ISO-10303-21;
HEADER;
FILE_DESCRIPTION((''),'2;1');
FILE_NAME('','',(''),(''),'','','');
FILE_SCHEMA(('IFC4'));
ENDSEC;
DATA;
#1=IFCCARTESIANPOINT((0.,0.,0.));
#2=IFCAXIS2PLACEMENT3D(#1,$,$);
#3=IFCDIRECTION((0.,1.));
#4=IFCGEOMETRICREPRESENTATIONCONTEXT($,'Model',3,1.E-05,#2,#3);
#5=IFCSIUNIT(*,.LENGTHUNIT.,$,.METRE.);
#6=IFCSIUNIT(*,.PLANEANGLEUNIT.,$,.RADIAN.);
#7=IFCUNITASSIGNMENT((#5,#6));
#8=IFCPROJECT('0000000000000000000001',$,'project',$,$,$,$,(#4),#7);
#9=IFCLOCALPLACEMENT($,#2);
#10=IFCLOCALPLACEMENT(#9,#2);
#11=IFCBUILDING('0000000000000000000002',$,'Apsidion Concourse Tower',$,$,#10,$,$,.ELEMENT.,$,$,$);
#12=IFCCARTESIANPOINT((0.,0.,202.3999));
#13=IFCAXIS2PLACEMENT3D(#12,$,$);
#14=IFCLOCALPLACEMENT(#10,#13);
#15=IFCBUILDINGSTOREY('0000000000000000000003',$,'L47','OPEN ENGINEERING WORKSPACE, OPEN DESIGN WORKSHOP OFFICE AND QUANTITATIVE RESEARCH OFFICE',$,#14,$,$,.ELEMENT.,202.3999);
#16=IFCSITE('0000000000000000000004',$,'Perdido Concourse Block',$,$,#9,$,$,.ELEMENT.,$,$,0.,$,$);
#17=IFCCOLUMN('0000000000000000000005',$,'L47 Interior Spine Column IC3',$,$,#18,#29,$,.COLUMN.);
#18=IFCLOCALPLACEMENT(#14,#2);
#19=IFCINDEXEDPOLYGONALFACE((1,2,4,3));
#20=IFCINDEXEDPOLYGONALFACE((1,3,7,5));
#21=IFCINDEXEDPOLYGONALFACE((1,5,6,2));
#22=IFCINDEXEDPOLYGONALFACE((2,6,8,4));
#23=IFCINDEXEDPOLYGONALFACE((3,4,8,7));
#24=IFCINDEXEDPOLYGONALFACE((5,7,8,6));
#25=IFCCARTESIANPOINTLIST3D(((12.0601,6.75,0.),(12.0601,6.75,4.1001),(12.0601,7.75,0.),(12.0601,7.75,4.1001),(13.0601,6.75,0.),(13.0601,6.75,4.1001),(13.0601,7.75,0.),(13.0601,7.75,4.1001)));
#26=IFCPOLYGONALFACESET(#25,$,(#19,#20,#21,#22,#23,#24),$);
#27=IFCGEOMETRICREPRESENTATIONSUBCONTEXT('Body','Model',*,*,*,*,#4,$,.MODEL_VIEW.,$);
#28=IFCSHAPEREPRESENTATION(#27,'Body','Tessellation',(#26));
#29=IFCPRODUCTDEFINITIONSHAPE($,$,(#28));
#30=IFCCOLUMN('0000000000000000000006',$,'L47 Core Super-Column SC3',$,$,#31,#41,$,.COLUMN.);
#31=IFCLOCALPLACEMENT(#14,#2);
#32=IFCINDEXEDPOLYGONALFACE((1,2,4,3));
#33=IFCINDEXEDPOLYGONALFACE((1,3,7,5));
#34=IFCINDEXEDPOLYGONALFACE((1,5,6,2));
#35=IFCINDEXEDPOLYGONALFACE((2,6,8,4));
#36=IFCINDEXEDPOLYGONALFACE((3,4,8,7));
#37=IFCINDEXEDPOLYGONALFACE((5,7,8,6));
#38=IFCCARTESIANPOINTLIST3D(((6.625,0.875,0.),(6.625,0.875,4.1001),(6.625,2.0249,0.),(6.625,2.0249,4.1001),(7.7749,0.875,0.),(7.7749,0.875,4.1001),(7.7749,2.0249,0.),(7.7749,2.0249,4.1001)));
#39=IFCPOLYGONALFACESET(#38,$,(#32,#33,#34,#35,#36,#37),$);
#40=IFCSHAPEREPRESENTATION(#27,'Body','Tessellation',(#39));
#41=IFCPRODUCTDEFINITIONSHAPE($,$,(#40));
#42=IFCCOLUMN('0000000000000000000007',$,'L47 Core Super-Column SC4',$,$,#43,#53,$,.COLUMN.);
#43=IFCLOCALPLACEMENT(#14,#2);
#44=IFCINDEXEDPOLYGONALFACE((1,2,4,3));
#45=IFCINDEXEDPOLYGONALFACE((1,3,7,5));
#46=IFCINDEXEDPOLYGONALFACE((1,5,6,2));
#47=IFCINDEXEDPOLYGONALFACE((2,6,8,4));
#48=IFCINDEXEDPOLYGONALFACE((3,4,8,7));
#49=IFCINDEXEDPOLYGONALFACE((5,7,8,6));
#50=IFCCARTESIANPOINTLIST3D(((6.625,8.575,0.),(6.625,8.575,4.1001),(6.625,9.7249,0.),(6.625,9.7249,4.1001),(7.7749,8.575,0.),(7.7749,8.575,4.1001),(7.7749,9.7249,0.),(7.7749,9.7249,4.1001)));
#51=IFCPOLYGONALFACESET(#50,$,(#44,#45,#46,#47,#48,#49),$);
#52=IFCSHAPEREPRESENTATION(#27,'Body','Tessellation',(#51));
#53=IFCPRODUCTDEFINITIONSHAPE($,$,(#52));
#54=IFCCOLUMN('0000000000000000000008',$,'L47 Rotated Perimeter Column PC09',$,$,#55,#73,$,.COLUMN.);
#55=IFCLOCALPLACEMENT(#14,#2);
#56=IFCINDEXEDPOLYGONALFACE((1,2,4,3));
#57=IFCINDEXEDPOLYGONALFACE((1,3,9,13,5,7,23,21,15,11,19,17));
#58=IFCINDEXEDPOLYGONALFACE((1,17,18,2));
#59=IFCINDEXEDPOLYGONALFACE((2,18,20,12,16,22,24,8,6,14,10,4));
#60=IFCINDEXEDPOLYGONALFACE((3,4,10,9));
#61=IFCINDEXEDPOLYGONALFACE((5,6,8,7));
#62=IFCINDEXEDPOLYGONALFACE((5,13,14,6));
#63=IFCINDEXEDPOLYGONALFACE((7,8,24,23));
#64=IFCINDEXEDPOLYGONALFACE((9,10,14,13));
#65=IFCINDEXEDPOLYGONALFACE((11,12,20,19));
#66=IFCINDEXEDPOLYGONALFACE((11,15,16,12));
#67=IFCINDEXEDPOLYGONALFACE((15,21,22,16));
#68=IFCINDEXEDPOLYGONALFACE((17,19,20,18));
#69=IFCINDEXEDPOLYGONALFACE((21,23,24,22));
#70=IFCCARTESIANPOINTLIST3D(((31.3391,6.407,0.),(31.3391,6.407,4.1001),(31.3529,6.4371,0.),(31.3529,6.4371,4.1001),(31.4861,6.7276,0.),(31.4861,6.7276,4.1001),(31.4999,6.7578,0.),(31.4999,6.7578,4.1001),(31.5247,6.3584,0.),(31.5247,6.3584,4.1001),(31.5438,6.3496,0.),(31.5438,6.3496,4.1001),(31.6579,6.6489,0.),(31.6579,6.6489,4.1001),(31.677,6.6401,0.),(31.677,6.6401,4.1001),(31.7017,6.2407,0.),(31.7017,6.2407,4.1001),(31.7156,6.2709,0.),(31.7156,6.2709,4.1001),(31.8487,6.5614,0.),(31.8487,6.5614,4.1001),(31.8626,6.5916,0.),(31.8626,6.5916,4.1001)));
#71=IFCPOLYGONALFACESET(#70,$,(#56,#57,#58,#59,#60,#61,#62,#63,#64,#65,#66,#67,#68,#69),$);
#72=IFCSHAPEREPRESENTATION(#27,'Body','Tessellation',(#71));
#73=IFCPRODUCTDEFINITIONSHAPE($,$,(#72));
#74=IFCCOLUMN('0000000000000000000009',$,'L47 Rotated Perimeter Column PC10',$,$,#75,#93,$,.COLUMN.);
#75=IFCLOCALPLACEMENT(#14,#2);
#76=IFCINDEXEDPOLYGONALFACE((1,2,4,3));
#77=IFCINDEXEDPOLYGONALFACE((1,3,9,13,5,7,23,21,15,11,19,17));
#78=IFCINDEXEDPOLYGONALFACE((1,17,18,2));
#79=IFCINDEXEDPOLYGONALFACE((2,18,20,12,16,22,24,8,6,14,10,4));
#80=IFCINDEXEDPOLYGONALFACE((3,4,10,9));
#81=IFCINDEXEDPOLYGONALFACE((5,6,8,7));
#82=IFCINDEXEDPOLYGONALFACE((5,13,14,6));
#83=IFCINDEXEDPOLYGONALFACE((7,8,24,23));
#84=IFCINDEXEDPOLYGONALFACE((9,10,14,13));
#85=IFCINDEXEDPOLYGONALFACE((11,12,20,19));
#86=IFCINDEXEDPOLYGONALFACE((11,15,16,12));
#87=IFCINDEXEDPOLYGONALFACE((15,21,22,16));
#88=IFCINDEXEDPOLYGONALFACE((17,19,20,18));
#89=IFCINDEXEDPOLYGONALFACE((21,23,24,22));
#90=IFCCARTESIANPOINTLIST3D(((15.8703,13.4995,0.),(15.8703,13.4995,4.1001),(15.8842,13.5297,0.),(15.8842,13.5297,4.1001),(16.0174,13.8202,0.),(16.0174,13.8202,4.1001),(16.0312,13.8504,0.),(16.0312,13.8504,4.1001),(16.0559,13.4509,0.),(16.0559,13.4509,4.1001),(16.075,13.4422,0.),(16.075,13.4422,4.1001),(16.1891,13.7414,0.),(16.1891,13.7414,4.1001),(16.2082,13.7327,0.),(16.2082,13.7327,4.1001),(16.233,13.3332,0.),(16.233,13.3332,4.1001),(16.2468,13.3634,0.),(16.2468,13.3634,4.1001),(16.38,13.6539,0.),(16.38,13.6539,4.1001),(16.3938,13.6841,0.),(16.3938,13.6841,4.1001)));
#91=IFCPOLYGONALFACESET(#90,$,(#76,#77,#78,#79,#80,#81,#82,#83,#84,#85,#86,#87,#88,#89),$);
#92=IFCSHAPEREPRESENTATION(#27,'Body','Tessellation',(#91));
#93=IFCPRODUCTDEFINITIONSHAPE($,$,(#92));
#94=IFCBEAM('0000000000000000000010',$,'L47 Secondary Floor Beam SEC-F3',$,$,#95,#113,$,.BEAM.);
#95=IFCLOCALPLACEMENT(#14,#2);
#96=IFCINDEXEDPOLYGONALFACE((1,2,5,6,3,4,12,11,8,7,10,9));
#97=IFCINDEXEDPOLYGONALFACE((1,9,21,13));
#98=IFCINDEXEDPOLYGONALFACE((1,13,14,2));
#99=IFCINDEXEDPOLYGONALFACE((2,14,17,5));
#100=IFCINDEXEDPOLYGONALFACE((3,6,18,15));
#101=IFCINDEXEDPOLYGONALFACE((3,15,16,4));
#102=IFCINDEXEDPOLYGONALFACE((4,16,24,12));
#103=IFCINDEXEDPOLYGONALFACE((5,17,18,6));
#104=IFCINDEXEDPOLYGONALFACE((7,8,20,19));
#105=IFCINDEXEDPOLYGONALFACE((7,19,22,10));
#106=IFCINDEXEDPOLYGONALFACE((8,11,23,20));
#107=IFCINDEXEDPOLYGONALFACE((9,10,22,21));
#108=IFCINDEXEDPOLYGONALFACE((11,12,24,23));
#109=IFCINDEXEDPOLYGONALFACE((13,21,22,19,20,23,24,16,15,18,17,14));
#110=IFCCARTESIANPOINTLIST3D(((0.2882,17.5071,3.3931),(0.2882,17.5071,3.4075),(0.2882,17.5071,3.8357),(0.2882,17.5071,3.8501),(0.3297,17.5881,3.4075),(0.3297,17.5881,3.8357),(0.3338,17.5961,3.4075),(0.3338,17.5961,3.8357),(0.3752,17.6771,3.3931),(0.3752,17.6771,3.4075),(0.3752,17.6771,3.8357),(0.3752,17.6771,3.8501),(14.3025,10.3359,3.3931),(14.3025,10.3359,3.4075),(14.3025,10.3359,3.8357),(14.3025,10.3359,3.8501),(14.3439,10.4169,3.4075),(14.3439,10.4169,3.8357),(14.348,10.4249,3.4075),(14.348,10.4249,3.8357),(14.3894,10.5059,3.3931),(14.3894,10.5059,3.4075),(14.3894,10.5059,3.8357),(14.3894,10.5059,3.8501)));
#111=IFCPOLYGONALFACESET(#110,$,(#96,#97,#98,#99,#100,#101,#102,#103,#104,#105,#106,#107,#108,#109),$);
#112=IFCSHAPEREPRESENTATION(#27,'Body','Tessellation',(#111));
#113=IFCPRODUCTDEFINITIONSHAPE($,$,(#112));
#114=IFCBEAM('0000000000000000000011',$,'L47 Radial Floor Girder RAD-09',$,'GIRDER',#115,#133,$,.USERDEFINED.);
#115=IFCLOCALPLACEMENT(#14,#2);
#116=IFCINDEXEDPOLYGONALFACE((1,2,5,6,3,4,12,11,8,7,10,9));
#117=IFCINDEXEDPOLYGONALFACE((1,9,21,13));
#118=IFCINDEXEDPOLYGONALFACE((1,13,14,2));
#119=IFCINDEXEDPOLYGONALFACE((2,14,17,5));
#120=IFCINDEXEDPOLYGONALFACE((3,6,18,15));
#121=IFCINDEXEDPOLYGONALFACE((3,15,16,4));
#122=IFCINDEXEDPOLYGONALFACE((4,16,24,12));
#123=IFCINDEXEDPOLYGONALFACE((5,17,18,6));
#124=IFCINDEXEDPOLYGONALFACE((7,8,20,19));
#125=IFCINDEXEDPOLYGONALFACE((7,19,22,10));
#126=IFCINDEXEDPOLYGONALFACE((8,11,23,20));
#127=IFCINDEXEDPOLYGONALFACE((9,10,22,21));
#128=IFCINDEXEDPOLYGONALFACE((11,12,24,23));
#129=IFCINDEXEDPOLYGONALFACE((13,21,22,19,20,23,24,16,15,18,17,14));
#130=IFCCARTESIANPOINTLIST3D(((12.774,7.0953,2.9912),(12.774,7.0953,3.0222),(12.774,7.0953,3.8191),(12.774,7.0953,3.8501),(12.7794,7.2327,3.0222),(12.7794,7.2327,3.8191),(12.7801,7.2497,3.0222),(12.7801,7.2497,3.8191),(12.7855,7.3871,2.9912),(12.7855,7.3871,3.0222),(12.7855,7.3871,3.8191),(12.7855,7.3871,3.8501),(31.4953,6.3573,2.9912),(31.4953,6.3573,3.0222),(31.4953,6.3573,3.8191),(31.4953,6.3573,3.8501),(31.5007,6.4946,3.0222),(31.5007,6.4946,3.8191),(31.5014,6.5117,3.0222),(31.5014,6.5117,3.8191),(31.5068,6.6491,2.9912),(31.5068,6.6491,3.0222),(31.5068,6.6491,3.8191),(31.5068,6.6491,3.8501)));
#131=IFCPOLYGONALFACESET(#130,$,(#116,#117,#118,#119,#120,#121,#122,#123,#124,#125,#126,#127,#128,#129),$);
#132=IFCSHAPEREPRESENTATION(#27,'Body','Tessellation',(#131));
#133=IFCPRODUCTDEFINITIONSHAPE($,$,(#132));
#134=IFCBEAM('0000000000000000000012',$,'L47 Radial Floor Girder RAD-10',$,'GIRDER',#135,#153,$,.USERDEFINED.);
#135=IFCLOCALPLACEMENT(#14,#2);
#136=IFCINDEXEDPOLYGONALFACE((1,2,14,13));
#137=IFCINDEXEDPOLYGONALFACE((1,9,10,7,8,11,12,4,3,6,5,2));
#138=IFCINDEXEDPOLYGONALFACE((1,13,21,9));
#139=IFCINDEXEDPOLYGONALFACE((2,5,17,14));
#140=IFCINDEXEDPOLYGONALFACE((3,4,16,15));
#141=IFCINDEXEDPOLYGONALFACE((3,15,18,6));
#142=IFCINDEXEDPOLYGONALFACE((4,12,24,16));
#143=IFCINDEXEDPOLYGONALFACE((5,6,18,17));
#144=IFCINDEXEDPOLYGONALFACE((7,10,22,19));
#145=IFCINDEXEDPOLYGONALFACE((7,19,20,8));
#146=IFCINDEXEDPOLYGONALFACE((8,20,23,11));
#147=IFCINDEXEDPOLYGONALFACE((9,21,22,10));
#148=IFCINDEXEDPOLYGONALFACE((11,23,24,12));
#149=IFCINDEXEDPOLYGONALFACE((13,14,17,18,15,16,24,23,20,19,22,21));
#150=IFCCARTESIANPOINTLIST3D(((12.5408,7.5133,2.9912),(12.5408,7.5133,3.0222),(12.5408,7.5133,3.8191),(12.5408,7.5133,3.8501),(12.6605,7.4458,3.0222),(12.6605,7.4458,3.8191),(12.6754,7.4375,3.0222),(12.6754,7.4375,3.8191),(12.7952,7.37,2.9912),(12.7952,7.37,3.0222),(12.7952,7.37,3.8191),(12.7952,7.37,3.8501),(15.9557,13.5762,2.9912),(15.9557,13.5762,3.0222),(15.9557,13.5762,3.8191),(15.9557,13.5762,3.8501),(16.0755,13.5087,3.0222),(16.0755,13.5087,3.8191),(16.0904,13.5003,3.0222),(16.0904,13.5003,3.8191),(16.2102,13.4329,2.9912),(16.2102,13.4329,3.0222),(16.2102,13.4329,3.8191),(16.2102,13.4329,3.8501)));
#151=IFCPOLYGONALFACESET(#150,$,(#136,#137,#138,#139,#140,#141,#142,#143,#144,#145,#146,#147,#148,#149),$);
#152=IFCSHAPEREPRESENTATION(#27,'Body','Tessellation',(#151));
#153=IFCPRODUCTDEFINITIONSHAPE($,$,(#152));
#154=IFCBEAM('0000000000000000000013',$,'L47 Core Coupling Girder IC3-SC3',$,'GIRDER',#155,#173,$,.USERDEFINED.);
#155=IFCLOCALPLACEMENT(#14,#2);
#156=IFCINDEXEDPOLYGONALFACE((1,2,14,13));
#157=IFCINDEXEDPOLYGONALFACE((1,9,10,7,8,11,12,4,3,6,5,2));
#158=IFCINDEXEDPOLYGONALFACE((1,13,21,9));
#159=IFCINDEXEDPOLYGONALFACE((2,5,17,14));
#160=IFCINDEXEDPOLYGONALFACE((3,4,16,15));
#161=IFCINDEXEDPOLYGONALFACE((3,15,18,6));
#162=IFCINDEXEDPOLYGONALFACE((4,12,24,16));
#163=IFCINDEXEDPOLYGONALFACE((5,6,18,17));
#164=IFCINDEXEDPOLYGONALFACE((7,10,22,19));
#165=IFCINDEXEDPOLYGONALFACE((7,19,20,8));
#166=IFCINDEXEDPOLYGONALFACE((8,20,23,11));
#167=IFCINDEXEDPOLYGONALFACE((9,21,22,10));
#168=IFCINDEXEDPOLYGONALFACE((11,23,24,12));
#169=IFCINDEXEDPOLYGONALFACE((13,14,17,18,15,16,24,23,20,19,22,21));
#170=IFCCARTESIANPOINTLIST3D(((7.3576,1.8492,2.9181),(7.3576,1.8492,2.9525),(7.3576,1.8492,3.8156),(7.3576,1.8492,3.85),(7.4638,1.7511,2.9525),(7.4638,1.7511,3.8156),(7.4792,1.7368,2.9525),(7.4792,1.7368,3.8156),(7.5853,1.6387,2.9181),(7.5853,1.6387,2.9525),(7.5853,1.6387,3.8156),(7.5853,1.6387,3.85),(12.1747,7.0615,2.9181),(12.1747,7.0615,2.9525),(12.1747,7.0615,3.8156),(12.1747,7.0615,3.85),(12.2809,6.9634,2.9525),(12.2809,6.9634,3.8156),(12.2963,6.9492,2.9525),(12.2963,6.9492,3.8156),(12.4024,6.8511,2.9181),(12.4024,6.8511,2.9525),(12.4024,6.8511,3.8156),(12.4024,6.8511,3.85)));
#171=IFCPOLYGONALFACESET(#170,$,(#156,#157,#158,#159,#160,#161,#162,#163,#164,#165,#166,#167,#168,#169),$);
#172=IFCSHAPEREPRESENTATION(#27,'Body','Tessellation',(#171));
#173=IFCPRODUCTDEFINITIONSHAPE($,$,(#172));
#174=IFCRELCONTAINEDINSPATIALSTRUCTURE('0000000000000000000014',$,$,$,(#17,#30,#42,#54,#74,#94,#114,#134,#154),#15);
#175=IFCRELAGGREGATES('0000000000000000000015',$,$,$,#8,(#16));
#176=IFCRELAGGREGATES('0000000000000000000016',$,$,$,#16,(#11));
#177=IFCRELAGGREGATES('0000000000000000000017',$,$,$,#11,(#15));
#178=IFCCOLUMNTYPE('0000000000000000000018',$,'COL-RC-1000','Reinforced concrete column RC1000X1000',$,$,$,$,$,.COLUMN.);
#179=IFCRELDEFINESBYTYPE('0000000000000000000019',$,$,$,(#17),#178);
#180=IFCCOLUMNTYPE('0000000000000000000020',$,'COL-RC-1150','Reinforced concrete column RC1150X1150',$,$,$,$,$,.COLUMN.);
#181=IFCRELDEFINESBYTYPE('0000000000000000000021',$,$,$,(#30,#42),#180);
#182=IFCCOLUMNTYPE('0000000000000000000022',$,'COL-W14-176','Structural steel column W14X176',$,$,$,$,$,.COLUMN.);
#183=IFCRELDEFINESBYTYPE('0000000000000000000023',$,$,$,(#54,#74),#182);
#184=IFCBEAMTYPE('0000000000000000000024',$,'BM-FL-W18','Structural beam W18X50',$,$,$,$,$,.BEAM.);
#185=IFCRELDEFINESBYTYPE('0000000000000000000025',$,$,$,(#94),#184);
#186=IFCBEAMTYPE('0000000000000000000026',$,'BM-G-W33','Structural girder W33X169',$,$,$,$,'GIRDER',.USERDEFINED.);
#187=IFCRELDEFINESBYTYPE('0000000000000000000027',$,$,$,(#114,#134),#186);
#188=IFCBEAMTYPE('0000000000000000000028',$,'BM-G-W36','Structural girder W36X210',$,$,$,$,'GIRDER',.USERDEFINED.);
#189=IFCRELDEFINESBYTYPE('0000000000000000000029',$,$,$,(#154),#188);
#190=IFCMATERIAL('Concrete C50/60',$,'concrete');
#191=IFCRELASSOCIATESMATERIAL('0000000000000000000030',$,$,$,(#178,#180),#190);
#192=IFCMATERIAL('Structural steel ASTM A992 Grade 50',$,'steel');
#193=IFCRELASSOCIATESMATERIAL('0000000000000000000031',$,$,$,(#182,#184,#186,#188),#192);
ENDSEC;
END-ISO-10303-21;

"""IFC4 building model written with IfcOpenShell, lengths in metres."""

from ifc_helpers import new_model, si_unit, direction, frame, origin, origin_2d, place, context, subcontext, project, spatial, rectangle, i_section, extrude, material, material_profile, profile_set, type_object, element, save


model = new_model("IFC4")

# Units and contexts
model_context = context("Model", 3, precision=1e-05, world=origin(), true_north=direction((0.0, 1.0)))
body_context = subcontext(model_context, "Body", "Model", "MODEL_VIEW")
ifc_project = project(units=[si_unit("LENGTHUNIT", "METRE"), si_unit("PLANEANGLEUNIT", "RADIAN")], contexts=[model_context])

# Site, building, storey
site_placement = place(None, origin())
site = spatial("IfcSite", under=ifc_project, at=site_placement, Name="Perdido Concourse Block", CompositionType="ELEMENT", RefElevation=0.0)
building_placement = place(site_placement, origin())
building = spatial("IfcBuilding", under=site, at=building_placement, Name="Apsidion Concourse Tower", CompositionType="ELEMENT")
storey_placement = place(building_placement, frame((0.0, 0.0, 202.3999)))
storey = spatial("IfcBuildingStorey", under=building, at=storey_placement, Name="L47", Description="OPEN ENGINEERING WORKSPACE, OPEN DESIGN WORKSHOP OFFICE AND QUANTITATIVE RESEARCH OFFICE", CompositionType="ELEMENT", Elevation=202.3999)

# Columns
ifc_material_1 = material(Name="Concrete C50/60", Category="concrete")
ifc_material_profile_1 = material_profile(ifc_material_1, rectangle(XDim=1.0, YDim=1.0, at=origin_2d()), Name="RC 1000x1000")
ifc_profile_set_1 = profile_set([ifc_material_profile_1], Name="Concrete C50/60")
column_type_1 = type_object("IfcColumnType", Name="COL-RC-1000", Description="Reinforced concrete column RC1000X1000", PredefinedType="COLUMN", material=ifc_profile_set_1)
column_placement = place(storey_placement, frame((12.5601, 7.25, 0.0), z_axis=(0.0, 0.0, 1.0), x_axis=(1.0, 0.0, 0.0)))
element("IfcColumn", 1, at=column_placement, inside=storey, type_object=column_type_1, Name="L47 Interior Spine Column IC3", PredefinedType="COLUMN", context=body_context, shape_type="SweptSolid", body=[
    extrude(rectangle(XDim=1.0, YDim=1.0, at=origin_2d()), origin(), (0.0, 0.0, 1.0), 4.1001),
])
ifc_material_profile_2 = material_profile(ifc_material_1, rectangle(XDim=1.1499, YDim=1.1499, at=origin_2d()), Name="RC 1150x1150")
ifc_profile_set_2 = profile_set([ifc_material_profile_2], Name="Concrete C50/60")
column_type_2 = type_object("IfcColumnType", Name="COL-RC-1150", Description="Reinforced concrete column RC1150X1150", PredefinedType="COLUMN", material=ifc_profile_set_2)
for number, where, z_axis, x_axis, name in (
    (2, (7.2, 1.45, 0.0), (0.0, 0.0, 1.0), (1.0, 0.0, 0.0), "L47 Core Super-Column SC3"),
    (3, (7.2, 9.1499, 0.0), (0.0, 0.0, 1.0), (1.0, 0.0, 0.0), "L47 Core Super-Column SC4"),
):
    element("IfcColumn", number, at=place(storey_placement, frame(where, z_axis=z_axis, x_axis=x_axis)), inside=storey, type_object=column_type_2, Name=name, PredefinedType="COLUMN", context=body_context, shape_type="SweptSolid", body=[
        extrude(rectangle(XDim=1.1499, YDim=1.1499, at=origin_2d()), origin(), (0.0, 0.0, 1.0), 4.1001),
    ])
ifc_material_2 = material(Name="Structural steel ASTM A992 Grade 50", Category="steel")
ifc_material_profile_3 = material_profile(ifc_material_2, i_section(OverallWidth=0.3989, OverallDepth=0.386, WebThickness=0.021, FlangeThickness=0.0332, at=origin_2d()), Name="W14X176")
ifc_profile_set_3 = profile_set([ifc_material_profile_3], Name="Structural steel ASTM A992 Grade 50")
column_type_3 = type_object("IfcColumnType", Name="COL-W14-176", Description="Structural steel column W14X176", PredefinedType="COLUMN", material=ifc_profile_set_3)
for number, where, z_axis, x_axis, name in (
    (4, (31.6008, 6.4993, 0.0), (0.0, 0.0, 1.0), (-0.909018, 0.416757, 0.0), "L47 Rotated Perimeter Column PC09"),
    (5, (16.1321, 13.5918, 0.0), (0.0, 0.0, 1.0), (-0.909018, 0.416757, 0.0), "L47 Rotated Perimeter Column PC10"),
):
    element("IfcColumn", number, at=place(storey_placement, frame(where, z_axis=z_axis, x_axis=x_axis)), inside=storey, type_object=column_type_3, Name=name, PredefinedType="COLUMN", context=body_context, shape_type="SweptSolid", body=[
        extrude(i_section(OverallWidth=0.3989, OverallDepth=0.386, WebThickness=0.021, FlangeThickness=0.0332, at=origin_2d()), origin(), (0.0, 0.0, 1.0), 4.1001),
    ])

# Beams
ifc_material_profile_4 = material_profile(ifc_material_2, i_section(OverallWidth=0.1909, OverallDepth=0.457, WebThickness=0.009, FlangeThickness=0.0144, at=origin_2d()), Name="W18X50")
ifc_profile_set_4 = profile_set([ifc_material_profile_4], Name="Structural steel ASTM A992 Grade 50")
beam_type_1 = type_object("IfcBeamType", Name="BM-FL-W18", Description="Structural beam W18X50", PredefinedType="BEAM", material=ifc_profile_set_4)
beam_1_placement = place(storey_placement, frame((14.3459, 10.4209, 3.6216), z_axis=(-0.89022, 0.455532, 0.0), x_axis=(-0.455532, -0.89022, 0.0)))
element("IfcBeam", 6, at=beam_1_placement, inside=storey, type_object=beam_type_1, Name="L47 Secondary Floor Beam SEC-F3", PredefinedType="BEAM", context=body_context, shape_type="SweptSolid", body=[
    extrude(i_section(OverallWidth=0.1909, OverallDepth=0.457, WebThickness=0.009, FlangeThickness=0.0144, at=origin_2d()), origin(), (0.0, 0.0, 1.0), 15.7424),
])
ifc_material_profile_5 = material_profile(ifc_material_2, i_section(OverallWidth=0.292, OverallDepth=0.8589, WebThickness=0.0171, FlangeThickness=0.031, at=origin_2d()), Name="W33X169")
ifc_profile_set_5 = profile_set([ifc_material_profile_5], Name="Structural steel ASTM A992 Grade 50")
beam_type_2 = type_object("IfcBeamType", Name="BM-G-W33", Description="Structural girder W33X169", ElementType="GIRDER", PredefinedType="USERDEFINED", material=ifc_profile_set_5)
beam_2_placement = place(storey_placement, frame((12.7798, 7.2412, 3.4207), z_axis=(0.999224, -0.039392, 0.0), x_axis=(0.039392, 0.999224, 0.0)))
element("IfcBeam", 7, at=beam_2_placement, inside=storey, type_object=beam_type_2, Name="L47 Radial Floor Girder RAD-09", ObjectType="GIRDER", PredefinedType="USERDEFINED", context=body_context, shape_type="SweptSolid", body=[
    extrude(i_section(OverallWidth=0.292, OverallDepth=0.8589, WebThickness=0.0171, FlangeThickness=0.031, at=origin_2d()), origin(), (0.0, 0.0, 1.0), 18.7358),
])
beam_3_placement = place(storey_placement, frame((12.668, 7.4417, 3.4207), z_axis=(0.490764, 0.871292, 0.0), x_axis=(-0.871292, 0.490764, 0.0)))
element("IfcBeam", 8, at=beam_3_placement, inside=storey, type_object=beam_type_2, Name="L47 Radial Floor Girder RAD-10", ObjectType="GIRDER", PredefinedType="USERDEFINED", context=body_context, shape_type="SweptSolid", body=[
    extrude(i_section(OverallWidth=0.292, OverallDepth=0.8589, WebThickness=0.0171, FlangeThickness=0.031, at=origin_2d()), origin(), (0.0, 0.0, 1.0), 6.9585),
])
ifc_material_profile_6 = material_profile(ifc_material_2, i_section(OverallWidth=0.3101, OverallDepth=0.9319, WebThickness=0.021, FlangeThickness=0.0344, at=origin_2d()), Name="W36X210")
ifc_profile_set_6 = profile_set([ifc_material_profile_6], Name="Structural steel ASTM A992 Grade 50")
beam_type_3 = type_object("IfcBeamType", Name="BM-G-W36", Description="Structural girder W36X210", ElementType="GIRDER", PredefinedType="USERDEFINED", material=ifc_profile_set_6)
beam_4_placement = place(storey_placement, frame((12.2886, 6.9563, 3.384), z_axis=(-0.678713, -0.734404, 0.0), x_axis=(0.734404, -0.678713, 0.0)))
element("IfcBeam", 9, at=beam_4_placement, inside=storey, type_object=beam_type_3, Name="L47 Core Coupling Girder IC3-SC3", ObjectType="GIRDER", PredefinedType="USERDEFINED", context=body_context, shape_type="SweptSolid", body=[
    extrude(i_section(OverallWidth=0.3101, OverallDepth=0.9319, WebThickness=0.021, FlangeThickness=0.0344, at=origin_2d()), origin(), (0.0, 0.0, 1.0), 7.0974),
])

save(model, "model.ifc")
